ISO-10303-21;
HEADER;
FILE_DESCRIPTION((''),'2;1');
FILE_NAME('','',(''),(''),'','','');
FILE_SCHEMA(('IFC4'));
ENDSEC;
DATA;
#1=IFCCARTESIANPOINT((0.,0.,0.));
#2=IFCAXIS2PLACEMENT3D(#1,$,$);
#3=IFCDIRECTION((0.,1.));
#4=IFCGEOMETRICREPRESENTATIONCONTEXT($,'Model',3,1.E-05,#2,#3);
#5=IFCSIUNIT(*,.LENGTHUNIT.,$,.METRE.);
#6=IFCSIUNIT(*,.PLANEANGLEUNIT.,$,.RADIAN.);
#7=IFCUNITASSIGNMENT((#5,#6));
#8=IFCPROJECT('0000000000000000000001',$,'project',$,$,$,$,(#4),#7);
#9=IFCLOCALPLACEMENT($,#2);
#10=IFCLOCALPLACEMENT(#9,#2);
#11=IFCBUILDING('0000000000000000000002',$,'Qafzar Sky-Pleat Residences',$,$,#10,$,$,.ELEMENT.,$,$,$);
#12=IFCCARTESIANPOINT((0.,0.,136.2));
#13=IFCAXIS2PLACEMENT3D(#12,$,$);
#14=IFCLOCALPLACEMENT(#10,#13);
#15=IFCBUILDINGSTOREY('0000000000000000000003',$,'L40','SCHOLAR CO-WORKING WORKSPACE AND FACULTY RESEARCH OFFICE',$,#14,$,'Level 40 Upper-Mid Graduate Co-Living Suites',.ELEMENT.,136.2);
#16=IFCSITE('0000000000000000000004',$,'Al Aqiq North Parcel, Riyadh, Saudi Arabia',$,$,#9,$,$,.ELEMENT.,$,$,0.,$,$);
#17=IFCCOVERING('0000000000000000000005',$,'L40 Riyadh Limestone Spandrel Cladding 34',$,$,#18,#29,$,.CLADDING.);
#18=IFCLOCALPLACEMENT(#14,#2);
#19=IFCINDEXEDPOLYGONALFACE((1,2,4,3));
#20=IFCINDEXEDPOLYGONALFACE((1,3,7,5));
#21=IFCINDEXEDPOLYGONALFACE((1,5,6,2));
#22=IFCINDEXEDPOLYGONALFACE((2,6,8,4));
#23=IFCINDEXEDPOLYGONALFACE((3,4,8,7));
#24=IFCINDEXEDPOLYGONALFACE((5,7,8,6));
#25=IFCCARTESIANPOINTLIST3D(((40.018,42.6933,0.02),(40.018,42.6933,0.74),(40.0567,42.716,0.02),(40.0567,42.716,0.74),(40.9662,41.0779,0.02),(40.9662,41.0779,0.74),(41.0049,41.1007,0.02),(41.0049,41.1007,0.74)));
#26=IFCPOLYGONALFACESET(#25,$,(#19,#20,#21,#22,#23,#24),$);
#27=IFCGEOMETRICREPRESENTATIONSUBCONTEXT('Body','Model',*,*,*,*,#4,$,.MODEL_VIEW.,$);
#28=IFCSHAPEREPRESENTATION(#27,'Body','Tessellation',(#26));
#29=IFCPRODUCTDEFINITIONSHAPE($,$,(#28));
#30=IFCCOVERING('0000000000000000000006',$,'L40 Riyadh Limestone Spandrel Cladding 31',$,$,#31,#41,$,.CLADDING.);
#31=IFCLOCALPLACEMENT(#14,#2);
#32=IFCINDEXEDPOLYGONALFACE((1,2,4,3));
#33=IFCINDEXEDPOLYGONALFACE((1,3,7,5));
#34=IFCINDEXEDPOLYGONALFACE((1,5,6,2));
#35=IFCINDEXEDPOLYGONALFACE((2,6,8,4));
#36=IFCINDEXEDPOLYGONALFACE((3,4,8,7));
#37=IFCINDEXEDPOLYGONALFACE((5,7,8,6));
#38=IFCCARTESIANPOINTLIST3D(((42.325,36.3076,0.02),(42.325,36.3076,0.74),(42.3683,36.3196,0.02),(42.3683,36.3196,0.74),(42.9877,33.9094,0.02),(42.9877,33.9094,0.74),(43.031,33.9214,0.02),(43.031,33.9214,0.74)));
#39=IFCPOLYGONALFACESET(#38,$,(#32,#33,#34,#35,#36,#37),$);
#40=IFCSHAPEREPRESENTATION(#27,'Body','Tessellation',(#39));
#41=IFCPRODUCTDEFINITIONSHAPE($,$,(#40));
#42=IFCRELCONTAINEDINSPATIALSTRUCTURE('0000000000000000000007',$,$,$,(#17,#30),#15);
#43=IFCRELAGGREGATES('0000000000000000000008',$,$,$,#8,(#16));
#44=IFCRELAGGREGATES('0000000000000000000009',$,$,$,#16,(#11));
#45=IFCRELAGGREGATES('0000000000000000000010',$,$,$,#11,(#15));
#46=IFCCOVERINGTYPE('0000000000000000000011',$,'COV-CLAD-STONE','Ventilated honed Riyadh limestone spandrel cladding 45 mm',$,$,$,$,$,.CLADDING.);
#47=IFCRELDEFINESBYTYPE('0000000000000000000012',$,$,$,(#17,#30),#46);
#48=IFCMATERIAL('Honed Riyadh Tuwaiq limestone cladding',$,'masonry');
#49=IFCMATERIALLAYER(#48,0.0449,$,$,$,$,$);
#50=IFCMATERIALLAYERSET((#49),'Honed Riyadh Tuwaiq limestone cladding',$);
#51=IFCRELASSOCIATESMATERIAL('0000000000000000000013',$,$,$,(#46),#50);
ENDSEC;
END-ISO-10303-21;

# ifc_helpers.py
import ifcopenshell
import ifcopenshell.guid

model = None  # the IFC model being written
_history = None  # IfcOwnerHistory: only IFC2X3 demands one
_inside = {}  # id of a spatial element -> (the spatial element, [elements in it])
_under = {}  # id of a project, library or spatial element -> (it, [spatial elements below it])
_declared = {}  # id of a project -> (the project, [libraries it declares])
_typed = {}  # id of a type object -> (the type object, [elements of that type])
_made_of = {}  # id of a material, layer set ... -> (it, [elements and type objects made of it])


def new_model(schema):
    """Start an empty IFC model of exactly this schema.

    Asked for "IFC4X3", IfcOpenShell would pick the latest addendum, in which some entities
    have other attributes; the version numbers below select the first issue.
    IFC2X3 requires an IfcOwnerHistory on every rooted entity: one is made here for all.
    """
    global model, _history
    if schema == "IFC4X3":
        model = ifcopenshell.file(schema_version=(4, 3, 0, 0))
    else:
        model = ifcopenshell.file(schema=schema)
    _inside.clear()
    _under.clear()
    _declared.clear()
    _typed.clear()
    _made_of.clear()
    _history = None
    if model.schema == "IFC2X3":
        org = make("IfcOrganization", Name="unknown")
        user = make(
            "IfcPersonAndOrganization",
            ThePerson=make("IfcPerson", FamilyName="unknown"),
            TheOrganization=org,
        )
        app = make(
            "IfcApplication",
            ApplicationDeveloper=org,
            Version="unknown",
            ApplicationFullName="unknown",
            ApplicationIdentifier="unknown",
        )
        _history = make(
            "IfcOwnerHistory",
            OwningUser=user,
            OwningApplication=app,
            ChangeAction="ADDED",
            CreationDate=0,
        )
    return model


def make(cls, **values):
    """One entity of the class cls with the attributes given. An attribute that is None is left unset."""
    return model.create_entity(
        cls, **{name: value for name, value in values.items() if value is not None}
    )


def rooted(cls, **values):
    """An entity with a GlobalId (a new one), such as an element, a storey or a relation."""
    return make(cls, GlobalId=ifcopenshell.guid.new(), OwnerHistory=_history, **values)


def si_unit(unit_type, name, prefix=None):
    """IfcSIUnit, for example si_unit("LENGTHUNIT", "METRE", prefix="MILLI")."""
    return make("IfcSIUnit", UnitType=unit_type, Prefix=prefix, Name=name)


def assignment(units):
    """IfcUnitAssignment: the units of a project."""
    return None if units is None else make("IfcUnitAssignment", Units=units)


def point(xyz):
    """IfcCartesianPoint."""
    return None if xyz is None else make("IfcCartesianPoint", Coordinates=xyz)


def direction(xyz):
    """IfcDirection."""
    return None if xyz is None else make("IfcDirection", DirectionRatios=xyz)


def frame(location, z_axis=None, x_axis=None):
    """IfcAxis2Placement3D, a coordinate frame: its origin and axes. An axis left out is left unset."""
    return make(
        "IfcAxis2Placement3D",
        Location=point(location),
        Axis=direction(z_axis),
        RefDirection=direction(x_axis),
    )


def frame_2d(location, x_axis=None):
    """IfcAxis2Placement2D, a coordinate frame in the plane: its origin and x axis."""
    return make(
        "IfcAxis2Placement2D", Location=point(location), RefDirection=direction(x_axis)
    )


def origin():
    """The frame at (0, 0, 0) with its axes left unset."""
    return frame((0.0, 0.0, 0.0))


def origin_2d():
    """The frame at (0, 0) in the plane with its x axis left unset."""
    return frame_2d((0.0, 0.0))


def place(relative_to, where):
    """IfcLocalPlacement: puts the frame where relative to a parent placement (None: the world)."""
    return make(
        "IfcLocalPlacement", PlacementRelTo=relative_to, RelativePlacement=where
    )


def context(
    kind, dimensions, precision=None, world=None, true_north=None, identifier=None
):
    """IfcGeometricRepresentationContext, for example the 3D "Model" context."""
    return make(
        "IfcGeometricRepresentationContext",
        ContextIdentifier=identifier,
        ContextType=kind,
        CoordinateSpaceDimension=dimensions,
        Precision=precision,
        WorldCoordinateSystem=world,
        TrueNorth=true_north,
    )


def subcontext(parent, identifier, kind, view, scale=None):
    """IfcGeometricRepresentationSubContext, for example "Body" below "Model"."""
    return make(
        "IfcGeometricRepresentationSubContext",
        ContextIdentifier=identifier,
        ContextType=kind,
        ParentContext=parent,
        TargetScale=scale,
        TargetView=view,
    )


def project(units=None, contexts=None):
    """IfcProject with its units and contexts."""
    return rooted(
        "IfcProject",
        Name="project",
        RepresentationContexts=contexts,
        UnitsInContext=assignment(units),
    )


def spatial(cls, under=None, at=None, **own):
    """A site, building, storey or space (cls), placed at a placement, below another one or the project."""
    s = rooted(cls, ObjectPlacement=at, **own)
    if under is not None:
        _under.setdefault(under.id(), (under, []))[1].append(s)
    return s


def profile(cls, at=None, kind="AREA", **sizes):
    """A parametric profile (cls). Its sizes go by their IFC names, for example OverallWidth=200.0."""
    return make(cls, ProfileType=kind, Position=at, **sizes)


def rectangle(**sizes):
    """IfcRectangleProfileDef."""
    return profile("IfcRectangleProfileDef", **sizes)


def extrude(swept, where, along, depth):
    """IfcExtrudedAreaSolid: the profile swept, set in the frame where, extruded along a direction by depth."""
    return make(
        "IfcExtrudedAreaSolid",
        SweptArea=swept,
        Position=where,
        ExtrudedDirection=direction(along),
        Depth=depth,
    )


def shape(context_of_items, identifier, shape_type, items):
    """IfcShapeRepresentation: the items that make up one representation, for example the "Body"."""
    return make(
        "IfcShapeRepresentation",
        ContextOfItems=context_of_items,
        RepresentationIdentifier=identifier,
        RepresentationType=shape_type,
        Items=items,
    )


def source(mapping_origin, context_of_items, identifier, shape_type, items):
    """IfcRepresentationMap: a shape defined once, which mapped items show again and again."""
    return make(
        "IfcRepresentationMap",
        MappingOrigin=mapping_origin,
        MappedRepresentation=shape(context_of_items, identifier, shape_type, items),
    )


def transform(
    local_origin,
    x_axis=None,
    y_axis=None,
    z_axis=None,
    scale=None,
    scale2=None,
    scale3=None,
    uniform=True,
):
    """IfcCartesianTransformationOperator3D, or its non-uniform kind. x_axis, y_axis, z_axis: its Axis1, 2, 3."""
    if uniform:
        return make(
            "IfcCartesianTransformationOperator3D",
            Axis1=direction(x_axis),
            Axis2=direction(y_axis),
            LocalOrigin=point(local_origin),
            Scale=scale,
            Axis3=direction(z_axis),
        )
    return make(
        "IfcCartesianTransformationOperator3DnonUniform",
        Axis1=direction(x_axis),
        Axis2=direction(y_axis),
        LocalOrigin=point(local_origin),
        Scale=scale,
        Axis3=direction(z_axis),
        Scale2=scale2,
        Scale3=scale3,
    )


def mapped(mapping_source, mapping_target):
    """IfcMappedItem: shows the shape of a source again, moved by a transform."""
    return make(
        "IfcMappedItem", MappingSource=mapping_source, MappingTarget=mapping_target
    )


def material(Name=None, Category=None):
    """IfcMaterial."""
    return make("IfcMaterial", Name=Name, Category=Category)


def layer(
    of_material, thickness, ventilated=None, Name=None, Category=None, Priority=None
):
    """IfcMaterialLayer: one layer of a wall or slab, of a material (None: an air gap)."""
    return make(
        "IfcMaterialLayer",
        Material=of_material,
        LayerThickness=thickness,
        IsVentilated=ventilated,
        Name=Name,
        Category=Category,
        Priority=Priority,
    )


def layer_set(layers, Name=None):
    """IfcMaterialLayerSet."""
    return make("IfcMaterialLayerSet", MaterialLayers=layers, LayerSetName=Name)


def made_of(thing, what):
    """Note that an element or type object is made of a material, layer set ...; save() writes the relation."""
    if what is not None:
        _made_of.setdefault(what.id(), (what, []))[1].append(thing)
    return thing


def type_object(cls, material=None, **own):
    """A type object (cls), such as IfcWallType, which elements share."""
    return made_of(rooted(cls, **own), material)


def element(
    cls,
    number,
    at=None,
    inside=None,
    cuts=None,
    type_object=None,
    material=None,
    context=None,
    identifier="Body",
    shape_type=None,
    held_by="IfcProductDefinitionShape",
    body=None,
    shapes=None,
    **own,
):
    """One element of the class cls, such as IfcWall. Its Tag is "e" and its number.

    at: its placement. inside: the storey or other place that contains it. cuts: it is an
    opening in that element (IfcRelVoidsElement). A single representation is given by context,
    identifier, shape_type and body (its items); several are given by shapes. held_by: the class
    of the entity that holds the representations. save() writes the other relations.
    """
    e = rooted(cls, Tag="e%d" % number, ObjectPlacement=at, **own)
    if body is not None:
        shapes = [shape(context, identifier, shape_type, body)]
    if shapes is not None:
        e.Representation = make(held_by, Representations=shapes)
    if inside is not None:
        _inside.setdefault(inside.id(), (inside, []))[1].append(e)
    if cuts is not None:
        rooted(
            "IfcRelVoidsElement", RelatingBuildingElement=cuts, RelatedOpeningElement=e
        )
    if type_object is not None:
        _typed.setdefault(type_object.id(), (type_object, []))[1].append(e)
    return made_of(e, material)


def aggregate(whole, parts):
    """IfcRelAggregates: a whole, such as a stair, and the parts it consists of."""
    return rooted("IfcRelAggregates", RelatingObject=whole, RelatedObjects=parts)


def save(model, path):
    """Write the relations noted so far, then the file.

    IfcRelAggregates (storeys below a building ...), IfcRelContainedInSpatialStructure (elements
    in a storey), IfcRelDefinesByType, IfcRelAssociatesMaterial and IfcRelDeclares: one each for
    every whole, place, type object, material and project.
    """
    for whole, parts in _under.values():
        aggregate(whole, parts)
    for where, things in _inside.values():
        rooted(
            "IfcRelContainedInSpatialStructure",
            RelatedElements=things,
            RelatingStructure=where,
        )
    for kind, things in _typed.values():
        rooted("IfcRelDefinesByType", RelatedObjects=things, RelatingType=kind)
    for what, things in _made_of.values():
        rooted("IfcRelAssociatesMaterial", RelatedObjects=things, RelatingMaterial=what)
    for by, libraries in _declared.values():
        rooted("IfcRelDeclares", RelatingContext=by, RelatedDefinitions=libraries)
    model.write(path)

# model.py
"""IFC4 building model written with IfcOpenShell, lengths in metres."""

from ifc_helpers import new_model, si_unit, direction, frame, origin, origin_2d, place, context, subcontext, project, spatial, rectangle, extrude, source, transform, mapped, material, layer, layer_set, type_object, element, save


model = new_model("IFC4")

# Units and contexts
model_context = context("Model", 3, precision=1e-05, world=origin(), true_north=direction((0.0, 1.0)))
body_context = subcontext(model_context, "Body", "Model", "MODEL_VIEW")
ifc_project = project(units=[si_unit("LENGTHUNIT", "METRE"), si_unit("PLANEANGLEUNIT", "RADIAN")], contexts=[model_context])

# Site, building, storey
site_placement = place(None, origin())
site = spatial("IfcSite", under=ifc_project, at=site_placement, Name="Al Aqiq North Parcel, Riyadh, Saudi Arabia", CompositionType="ELEMENT", RefElevation=0.0)
building_placement = place(site_placement, origin())
building = spatial("IfcBuilding", under=site, at=building_placement, Name="Qafzar Sky-Pleat Residences", CompositionType="ELEMENT")
storey_placement = place(building_placement, frame((0.0, 0.0, 136.2)))
storey = spatial("IfcBuildingStorey", under=building, at=storey_placement, Name="L40", Description="SCHOLAR CO-WORKING WORKSPACE AND FACULTY RESEARCH OFFICE", LongName="Level 40 Upper-Mid Graduate Co-Living Suites", CompositionType="ELEMENT", Elevation=136.2)

# Coverings
ifc_material_1 = material(Name="Honed Riyadh Tuwaiq limestone cladding", Category="masonry")
ifc_layer_1 = layer(ifc_material_1, 0.0449)
ifc_layer_set_1 = layer_set([ifc_layer_1], Name="Honed Riyadh Tuwaiq limestone cladding")
covering_type = type_object("IfcCoveringType", Name="COV-CLAD-STONE", Description="Ventilated honed Riyadh limestone spandrel cladding 45 mm", PredefinedType="CLADDING", material=ifc_layer_set_1)
shared_shape_1 = source(origin(), body_context, "Body", "SweptSolid", [
    extrude(rectangle(XDim=1.873, YDim=0.0449, at=origin_2d()), origin(), (0.0, 0.0, 1.0), 0.72),
])
covering_1_placement = place(storey_placement, frame((40.5115, 41.897, 0.02), z_axis=(0.0, 0.0, 1.0), x_axis=(-0.506232, 0.862397, 0.0)))
element("IfcCovering", 1, at=covering_1_placement, inside=storey, type_object=covering_type, Name="L40 Riyadh Limestone Spandrel Cladding 34", PredefinedType="CLADDING", context=body_context, shape_type="MappedRepresentation", body=[
    mapped(shared_shape_1, transform((0.0, 0.0, 0.0), x_axis=(1.0, 0.0, 0.0), y_axis=(0.0, 1.0, 0.0), z_axis=(0.0, 0.0, 1.0), scale=1.0)),
])
shared_shape_2 = source(origin(), body_context, "Body", "SweptSolid", [
    extrude(rectangle(XDim=2.488, YDim=0.0449, at=origin_2d()), origin(), (0.0, 0.0, 1.0), 0.72),
])
covering_2_placement = place(storey_placement, frame((42.678, 35.1145, 0.02), z_axis=(0.0, 0.0, 1.0), x_axis=(-0.266345, 0.963878, 0.0)))
element("IfcCovering", 2, at=covering_2_placement, inside=storey, type_object=covering_type, Name="L40 Riyadh Limestone Spandrel Cladding 31", PredefinedType="CLADDING", context=body_context, shape_type="MappedRepresentation", body=[
    mapped(shared_shape_2, transform((0.0, 0.0, 0.0), x_axis=(1.0, 0.0, 0.0), y_axis=(0.0, 1.0, 0.0), z_axis=(0.0, 0.0, 1.0), scale=1.0)),
])

save(model, "model.ifc")
